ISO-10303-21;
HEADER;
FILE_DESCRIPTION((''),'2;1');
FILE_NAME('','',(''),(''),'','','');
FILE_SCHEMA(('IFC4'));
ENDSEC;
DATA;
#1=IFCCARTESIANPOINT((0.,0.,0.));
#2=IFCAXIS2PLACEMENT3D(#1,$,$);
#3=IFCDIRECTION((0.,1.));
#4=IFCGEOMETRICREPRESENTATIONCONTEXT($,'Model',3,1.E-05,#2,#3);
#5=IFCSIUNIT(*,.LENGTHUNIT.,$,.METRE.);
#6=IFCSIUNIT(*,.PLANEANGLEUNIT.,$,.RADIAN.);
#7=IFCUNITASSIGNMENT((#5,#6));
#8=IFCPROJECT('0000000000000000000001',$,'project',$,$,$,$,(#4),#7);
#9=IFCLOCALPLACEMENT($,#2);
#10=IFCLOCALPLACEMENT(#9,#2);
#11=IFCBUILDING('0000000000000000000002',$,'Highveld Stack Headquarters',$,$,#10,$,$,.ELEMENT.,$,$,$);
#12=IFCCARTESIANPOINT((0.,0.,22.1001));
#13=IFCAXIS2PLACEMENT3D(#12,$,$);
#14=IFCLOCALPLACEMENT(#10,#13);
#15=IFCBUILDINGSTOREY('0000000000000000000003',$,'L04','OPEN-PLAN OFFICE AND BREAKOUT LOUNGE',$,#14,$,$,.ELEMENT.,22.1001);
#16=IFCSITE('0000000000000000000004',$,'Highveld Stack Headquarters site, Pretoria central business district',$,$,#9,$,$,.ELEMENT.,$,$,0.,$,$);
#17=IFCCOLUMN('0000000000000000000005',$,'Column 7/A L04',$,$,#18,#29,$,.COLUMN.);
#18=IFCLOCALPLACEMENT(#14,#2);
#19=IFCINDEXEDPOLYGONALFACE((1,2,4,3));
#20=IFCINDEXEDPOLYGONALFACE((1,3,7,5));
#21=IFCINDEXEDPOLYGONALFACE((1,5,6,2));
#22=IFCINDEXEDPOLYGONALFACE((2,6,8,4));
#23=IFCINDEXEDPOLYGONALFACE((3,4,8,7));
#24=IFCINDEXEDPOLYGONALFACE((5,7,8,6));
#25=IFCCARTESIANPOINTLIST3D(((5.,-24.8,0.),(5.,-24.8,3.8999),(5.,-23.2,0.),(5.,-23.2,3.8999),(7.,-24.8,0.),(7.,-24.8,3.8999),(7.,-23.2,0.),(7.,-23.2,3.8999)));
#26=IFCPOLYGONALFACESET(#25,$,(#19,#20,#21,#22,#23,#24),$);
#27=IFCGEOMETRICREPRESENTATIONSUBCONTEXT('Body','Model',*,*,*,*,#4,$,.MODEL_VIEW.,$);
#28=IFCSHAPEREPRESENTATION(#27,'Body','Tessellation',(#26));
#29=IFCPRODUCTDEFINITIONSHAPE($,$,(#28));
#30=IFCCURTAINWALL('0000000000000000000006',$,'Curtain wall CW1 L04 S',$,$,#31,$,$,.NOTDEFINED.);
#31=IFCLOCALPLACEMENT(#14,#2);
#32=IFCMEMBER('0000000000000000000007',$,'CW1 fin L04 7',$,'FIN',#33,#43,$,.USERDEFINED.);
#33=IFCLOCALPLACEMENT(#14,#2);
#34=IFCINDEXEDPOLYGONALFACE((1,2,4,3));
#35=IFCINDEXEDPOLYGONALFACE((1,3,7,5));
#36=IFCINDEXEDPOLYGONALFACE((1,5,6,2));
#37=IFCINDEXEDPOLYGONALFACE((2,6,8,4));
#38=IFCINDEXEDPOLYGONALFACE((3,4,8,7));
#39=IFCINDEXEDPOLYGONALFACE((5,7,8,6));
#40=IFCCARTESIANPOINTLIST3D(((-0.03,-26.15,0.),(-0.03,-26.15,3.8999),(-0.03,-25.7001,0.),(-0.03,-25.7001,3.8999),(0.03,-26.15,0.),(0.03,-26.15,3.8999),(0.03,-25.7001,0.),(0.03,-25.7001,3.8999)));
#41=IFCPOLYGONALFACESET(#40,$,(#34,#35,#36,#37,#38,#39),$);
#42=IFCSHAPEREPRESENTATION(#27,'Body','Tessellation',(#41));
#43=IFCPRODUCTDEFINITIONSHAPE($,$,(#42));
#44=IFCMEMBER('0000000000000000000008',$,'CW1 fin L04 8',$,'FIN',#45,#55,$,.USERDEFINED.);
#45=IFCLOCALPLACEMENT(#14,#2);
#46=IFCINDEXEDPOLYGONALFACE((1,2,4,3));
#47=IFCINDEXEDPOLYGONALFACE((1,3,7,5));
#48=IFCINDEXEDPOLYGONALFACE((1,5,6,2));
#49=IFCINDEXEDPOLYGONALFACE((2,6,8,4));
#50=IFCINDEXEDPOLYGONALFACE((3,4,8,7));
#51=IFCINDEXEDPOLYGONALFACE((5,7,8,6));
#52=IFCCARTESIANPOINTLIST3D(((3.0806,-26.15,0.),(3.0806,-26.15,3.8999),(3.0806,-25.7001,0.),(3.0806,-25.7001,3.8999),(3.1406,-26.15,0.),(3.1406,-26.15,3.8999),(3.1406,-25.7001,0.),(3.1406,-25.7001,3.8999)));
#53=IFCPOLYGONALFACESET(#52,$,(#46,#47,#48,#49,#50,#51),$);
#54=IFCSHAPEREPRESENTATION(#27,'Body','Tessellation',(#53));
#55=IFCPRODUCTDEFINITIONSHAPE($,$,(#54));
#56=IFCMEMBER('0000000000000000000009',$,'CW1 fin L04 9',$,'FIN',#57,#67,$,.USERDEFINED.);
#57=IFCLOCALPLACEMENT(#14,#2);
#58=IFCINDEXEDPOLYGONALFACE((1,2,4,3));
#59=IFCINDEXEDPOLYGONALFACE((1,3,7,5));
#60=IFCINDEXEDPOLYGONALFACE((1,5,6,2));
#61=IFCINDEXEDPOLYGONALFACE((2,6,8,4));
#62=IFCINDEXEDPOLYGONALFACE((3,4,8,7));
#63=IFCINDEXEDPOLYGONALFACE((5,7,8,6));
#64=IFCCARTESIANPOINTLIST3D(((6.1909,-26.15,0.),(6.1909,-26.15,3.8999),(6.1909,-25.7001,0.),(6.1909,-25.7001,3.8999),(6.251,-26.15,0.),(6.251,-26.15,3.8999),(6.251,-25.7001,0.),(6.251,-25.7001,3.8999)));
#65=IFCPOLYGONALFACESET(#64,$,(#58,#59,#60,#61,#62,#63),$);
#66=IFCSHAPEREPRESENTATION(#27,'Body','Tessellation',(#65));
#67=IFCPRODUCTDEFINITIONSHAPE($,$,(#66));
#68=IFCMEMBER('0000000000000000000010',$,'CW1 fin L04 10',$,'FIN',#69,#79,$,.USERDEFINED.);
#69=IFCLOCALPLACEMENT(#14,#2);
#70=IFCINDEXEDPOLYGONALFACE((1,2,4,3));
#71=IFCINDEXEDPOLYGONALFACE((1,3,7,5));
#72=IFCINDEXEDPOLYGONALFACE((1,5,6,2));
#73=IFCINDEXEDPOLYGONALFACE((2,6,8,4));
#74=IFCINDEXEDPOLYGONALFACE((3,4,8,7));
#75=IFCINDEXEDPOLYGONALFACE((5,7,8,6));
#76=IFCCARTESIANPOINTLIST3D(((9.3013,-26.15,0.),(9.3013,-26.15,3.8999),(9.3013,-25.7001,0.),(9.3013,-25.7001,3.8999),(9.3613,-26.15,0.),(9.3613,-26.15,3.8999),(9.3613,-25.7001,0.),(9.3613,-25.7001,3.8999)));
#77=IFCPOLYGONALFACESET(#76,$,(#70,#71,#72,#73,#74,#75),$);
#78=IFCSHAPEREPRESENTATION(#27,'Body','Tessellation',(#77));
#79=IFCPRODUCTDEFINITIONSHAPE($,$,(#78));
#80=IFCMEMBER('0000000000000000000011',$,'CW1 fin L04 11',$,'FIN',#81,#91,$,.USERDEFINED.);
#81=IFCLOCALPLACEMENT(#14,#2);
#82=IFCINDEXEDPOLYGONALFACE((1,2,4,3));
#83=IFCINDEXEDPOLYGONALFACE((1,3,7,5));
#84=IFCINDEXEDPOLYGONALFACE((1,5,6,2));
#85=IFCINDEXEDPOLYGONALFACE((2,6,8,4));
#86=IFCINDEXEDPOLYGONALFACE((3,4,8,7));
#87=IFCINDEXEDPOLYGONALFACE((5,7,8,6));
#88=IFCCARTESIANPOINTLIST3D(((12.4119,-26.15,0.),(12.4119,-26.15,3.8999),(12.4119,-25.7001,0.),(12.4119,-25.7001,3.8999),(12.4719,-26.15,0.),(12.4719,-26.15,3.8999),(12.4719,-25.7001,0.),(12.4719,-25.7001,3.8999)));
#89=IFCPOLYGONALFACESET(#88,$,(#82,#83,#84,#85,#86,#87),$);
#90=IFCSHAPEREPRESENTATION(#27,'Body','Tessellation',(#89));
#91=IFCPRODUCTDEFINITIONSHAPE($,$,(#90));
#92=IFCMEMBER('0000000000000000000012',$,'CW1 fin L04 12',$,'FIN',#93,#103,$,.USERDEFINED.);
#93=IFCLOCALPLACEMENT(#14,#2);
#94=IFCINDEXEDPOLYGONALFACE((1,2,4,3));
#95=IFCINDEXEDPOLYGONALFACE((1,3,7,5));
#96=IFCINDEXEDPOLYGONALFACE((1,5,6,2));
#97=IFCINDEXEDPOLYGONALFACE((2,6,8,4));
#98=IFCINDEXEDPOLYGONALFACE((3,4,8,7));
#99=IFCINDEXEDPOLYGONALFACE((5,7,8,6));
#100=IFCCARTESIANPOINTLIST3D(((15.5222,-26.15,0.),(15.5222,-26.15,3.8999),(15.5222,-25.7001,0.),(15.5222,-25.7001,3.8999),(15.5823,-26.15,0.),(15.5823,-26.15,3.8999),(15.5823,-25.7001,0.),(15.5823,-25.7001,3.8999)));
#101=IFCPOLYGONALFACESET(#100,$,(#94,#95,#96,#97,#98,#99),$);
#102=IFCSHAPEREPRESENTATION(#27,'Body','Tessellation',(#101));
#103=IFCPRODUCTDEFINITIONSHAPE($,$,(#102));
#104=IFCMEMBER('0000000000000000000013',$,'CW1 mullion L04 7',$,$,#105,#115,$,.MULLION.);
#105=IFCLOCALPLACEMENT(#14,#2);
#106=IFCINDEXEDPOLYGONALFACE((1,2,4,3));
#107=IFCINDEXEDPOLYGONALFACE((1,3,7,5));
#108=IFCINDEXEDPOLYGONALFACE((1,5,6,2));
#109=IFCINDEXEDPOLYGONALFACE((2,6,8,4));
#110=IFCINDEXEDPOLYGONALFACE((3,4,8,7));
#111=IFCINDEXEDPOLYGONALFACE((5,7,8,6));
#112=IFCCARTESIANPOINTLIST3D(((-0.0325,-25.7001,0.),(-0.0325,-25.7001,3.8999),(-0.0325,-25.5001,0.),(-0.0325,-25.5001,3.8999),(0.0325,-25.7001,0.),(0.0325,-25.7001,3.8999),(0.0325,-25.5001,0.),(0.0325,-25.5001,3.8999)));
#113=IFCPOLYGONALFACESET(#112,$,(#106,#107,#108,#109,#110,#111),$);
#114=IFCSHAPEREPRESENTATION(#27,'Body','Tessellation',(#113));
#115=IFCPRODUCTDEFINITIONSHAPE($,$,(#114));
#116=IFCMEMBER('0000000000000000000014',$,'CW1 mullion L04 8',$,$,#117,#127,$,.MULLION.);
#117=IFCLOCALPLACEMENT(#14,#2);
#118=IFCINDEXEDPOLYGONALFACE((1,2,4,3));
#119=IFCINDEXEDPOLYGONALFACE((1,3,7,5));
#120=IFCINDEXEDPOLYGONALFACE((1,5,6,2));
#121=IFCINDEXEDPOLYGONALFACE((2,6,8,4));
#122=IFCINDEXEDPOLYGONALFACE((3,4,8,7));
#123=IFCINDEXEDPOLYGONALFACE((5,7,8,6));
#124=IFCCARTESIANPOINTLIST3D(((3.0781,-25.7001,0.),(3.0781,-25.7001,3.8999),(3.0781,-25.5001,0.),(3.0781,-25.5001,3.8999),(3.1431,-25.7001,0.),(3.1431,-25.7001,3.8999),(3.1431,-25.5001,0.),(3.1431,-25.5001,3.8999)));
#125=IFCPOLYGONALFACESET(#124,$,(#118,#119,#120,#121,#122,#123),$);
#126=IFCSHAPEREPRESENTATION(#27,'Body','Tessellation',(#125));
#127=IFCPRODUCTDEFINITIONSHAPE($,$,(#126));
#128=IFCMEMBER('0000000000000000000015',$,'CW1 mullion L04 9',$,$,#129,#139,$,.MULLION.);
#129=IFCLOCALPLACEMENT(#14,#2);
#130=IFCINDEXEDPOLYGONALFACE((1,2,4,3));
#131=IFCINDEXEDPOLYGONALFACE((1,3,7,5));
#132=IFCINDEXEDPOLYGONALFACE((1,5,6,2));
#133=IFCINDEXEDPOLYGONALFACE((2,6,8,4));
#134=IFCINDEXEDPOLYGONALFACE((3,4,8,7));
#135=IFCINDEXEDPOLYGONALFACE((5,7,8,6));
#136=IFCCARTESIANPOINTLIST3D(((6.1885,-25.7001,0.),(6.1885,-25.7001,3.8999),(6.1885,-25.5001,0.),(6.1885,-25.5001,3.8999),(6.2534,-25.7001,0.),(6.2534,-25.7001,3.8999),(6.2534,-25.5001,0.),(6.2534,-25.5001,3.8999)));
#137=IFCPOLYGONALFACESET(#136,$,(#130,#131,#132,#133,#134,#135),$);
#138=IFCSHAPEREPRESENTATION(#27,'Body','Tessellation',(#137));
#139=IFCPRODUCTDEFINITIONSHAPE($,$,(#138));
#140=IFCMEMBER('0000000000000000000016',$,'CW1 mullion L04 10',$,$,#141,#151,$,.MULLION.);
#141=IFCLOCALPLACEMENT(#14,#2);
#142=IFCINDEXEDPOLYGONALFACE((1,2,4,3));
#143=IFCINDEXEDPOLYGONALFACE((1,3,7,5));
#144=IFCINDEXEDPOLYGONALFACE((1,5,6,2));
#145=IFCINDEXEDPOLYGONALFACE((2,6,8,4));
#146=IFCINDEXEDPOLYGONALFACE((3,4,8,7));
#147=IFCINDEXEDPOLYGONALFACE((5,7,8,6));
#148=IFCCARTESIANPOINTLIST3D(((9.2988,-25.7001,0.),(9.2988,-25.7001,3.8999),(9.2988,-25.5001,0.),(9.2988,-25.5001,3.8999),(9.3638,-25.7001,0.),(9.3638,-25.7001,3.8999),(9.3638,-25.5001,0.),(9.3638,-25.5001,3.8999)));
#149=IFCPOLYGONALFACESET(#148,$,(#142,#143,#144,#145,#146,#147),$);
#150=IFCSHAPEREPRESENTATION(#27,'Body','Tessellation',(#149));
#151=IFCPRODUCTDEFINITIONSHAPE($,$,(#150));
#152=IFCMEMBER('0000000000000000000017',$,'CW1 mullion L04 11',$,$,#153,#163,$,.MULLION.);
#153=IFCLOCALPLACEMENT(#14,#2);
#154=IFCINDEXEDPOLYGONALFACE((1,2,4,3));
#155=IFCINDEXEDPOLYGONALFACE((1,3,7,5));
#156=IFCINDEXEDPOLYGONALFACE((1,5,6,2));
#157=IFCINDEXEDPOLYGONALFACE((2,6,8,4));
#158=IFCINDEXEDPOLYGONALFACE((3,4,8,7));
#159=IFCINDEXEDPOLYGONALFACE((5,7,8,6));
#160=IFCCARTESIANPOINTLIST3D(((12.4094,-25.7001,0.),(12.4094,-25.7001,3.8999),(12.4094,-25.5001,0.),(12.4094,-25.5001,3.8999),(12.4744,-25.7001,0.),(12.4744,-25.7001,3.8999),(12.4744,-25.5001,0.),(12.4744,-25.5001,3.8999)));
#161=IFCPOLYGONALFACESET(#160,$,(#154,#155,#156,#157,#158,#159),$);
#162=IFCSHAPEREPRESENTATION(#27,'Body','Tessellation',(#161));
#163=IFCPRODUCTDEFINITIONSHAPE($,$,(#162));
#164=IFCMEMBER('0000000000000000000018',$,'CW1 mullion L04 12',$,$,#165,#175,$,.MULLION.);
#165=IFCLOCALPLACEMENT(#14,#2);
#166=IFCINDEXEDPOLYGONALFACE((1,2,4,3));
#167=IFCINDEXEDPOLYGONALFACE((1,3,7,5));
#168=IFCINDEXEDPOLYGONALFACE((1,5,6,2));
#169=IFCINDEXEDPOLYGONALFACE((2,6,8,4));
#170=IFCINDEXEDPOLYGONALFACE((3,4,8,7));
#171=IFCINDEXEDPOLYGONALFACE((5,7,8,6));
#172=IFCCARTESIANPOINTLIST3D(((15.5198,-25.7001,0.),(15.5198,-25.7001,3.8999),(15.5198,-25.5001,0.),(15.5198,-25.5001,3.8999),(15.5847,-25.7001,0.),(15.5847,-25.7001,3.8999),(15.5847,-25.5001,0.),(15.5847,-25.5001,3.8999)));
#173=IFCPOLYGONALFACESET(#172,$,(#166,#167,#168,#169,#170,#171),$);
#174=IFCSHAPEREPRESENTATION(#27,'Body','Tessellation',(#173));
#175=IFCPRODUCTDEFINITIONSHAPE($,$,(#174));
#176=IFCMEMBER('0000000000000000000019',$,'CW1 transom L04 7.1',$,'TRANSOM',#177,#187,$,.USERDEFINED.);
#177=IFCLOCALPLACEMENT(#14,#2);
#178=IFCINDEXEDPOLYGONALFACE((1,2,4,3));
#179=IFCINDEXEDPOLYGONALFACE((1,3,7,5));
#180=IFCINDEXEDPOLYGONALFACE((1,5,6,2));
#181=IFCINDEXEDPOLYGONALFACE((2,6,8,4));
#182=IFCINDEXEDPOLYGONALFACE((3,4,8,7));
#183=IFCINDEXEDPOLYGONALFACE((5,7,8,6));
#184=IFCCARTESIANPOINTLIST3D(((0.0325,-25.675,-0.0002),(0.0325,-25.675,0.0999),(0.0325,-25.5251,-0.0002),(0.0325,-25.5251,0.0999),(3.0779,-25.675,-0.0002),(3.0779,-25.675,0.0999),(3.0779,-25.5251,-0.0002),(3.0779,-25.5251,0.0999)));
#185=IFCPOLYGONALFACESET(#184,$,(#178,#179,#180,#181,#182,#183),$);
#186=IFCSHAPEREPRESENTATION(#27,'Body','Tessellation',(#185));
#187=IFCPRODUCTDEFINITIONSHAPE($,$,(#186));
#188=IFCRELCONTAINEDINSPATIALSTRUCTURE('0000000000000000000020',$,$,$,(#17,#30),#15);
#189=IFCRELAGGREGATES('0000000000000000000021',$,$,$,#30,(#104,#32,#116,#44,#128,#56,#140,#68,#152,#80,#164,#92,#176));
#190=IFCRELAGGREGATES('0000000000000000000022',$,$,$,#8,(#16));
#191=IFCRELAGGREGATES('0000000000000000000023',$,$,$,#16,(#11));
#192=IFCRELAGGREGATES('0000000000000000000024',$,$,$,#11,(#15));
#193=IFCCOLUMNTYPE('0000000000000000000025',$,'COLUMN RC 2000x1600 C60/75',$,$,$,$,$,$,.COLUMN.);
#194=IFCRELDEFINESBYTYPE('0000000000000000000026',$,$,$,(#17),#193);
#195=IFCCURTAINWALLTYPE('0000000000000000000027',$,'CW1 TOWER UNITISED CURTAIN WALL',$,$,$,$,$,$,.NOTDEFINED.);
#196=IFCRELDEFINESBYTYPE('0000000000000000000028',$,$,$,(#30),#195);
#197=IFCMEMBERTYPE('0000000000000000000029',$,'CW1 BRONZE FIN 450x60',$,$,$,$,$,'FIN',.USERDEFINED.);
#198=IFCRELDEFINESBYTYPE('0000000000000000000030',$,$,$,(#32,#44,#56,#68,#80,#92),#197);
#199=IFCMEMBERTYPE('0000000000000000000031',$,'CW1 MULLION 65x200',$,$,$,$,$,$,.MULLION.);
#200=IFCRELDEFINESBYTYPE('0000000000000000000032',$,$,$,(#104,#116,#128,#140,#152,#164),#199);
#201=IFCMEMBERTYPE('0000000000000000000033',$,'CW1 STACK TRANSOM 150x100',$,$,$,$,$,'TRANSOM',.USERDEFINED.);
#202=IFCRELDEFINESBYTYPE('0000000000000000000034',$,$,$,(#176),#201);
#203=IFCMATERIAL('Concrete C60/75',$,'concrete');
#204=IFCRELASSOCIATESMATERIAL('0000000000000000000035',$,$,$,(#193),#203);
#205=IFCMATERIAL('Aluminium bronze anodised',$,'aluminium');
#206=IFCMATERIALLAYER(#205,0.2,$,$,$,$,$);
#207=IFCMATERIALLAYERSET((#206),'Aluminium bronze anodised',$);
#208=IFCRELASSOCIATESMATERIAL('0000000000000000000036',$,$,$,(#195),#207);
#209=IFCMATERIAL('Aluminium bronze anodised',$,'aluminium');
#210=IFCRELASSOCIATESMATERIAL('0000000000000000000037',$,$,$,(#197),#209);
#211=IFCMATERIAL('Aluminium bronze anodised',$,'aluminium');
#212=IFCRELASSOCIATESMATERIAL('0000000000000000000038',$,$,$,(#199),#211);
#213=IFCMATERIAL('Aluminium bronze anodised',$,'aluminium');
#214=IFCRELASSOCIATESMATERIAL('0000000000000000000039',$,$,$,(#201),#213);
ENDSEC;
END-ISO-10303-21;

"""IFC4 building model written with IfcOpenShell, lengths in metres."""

from ifc_helpers import new_model, si_unit, direction, frame, origin, origin_2d, place, context, subcontext, project, spatial, rectangle, extrude, material, layer, layer_set, material_profile, profile_set, type_object, element, aggregate, save


model = new_model("IFC4")

# Units and contexts
model_context = context("Model", 3, precision=1e-05, world=origin(), true_north=direction((0.0, 1.0)))
body_context = subcontext(model_context, "Body", "Model", "MODEL_VIEW")
ifc_project = project(units=[si_unit("LENGTHUNIT", "METRE"), si_unit("PLANEANGLEUNIT", "RADIAN")], contexts=[model_context])

# Site, building, storey
site_placement = place(None, origin())
site = spatial("IfcSite", under=ifc_project, at=site_placement, Name="Highveld Stack Headquarters site, Pretoria central business district", CompositionType="ELEMENT", RefElevation=0.0)
building_placement = place(site_placement, origin())
building = spatial("IfcBuilding", under=site, at=building_placement, Name="Highveld Stack Headquarters", CompositionType="ELEMENT")
storey_placement = place(building_placement, frame((0.0, 0.0, 22.1001)))
storey = spatial("IfcBuildingStorey", under=building, at=storey_placement, Name="L04", Description="OPEN-PLAN OFFICE AND BREAKOUT LOUNGE", CompositionType="ELEMENT", Elevation=22.1001)

# Column
ifc_material_1 = material(Name="Concrete C60/75", Category="concrete")
ifc_material_profile_1 = material_profile(ifc_material_1, rectangle(XDim=2.0, YDim=1.6001, at=origin_2d()), Name="RC 2000x1600")
ifc_profile_set_1 = profile_set([ifc_material_profile_1], Name="Concrete C60/75")
column_type = type_object("IfcColumnType", Name="COLUMN RC 2000x1600 C60/75", PredefinedType="COLUMN", material=ifc_profile_set_1)
column_placement = place(storey_placement, frame((6.0, -24.0, 0.0), z_axis=(0.0, 0.0, 1.0), x_axis=(1.0, 0.0, 0.0)))
element("IfcColumn", 1, at=column_placement, inside=storey, type_object=column_type, Name="Column 7/A L04", PredefinedType="COLUMN", context=body_context, shape_type="SweptSolid", body=[
    extrude(rectangle(XDim=2.0, YDim=1.6001, at=origin_2d()), origin(), (0.0, 0.0, 1.0), 3.8999),
])

# Curtain wall, members
ifc_material_2 = material(Name="Aluminium bronze anodised", Category="aluminium")
ifc_layer_1 = layer(ifc_material_2, 0.2)
ifc_layer_set_1 = layer_set([ifc_layer_1], Name="Aluminium bronze anodised")
curtain_wall_type = type_object("IfcCurtainWallType", Name="CW1 TOWER UNITISED CURTAIN WALL", PredefinedType="NOTDEFINED", material=ifc_layer_set_1)
curtain_wall_placement = place(storey_placement, origin())
curtain_wall = element("IfcCurtainWall", 2, at=curtain_wall_placement, inside=storey, type_object=curtain_wall_type, Name="Curtain wall CW1 L04 S", PredefinedType="NOTDEFINED")
ifc_material_3 = material(Name="Aluminium bronze anodised", Category="aluminium")
ifc_material_profile_2 = material_profile(ifc_material_3, rectangle(XDim=0.45, YDim=0.0601, at=origin_2d()), Name="FIN 450x60")
ifc_profile_set_2 = profile_set([ifc_material_profile_2], Name="Aluminium bronze anodised")
member_type_1 = type_object("IfcMemberType", Name="CW1 BRONZE FIN 450x60", ElementType="FIN", PredefinedType="USERDEFINED", material=ifc_profile_set_2)
member_1_placement = place(storey_placement, frame((0.0, -25.925, 0.0), z_axis=(0.0, 0.0, 1.0), x_axis=(0.0, 1.0, 0.0)))
member_1 = element("IfcMember", 3, at=member_1_placement, type_object=member_type_1, Name="CW1 fin L04 7", ObjectType="FIN", PredefinedType="USERDEFINED", context=body_context, shape_type="SweptSolid", body=[
    extrude(rectangle(XDim=0.45, YDim=0.0601, at=origin_2d()), origin(), (0.0, 0.0, 1.0), 3.8999),
])
member_2_placement = place(storey_placement, frame((3.1106, -25.925, 0.0), z_axis=(0.0, 0.0, 1.0), x_axis=(0.0, 1.0, 0.0)))
member_2 = element("IfcMember", 4, at=member_2_placement, type_object=member_type_1, Name="CW1 fin L04 8", ObjectType="FIN", PredefinedType="USERDEFINED", context=body_context, shape_type="SweptSolid", body=[
    extrude(rectangle(XDim=0.45, YDim=0.0601, at=origin_2d()), origin(), (0.0, 0.0, 1.0), 3.8999),
])
member_3_placement = place(storey_placement, frame((6.2209, -25.925, 0.0), z_axis=(0.0, 0.0, 1.0), x_axis=(0.0, 1.0, 0.0)))
member_3 = element("IfcMember", 5, at=member_3_placement, type_object=member_type_1, Name="CW1 fin L04 9", ObjectType="FIN", PredefinedType="USERDEFINED", context=body_context, shape_type="SweptSolid", body=[
    extrude(rectangle(XDim=0.45, YDim=0.0601, at=origin_2d()), origin(), (0.0, 0.0, 1.0), 3.8999),
])
member_4_placement = place(storey_placement, frame((9.3313, -25.925, 0.0), z_axis=(0.0, 0.0, 1.0), x_axis=(0.0, 1.0, 0.0)))
member_4 = element("IfcMember", 6, at=member_4_placement, type_object=member_type_1, Name="CW1 fin L04 10", ObjectType="FIN", PredefinedType="USERDEFINED", context=body_context, shape_type="SweptSolid", body=[
    extrude(rectangle(XDim=0.45, YDim=0.0601, at=origin_2d()), origin(), (0.0, 0.0, 1.0), 3.8999),
])
member_5_placement = place(storey_placement, frame((12.4419, -25.925, 0.0), z_axis=(0.0, 0.0, 1.0), x_axis=(0.0, 1.0, 0.0)))
member_5 = element("IfcMember", 7, at=member_5_placement, type_object=member_type_1, Name="CW1 fin L04 11", ObjectType="FIN", PredefinedType="USERDEFINED", context=body_context, shape_type="SweptSolid", body=[
    extrude(rectangle(XDim=0.45, YDim=0.0601, at=origin_2d()), origin(), (0.0, 0.0, 1.0), 3.8999),
])
member_6_placement = place(storey_placement, frame((15.5522, -25.925, 0.0), z_axis=(0.0, 0.0, 1.0), x_axis=(0.0, 1.0, 0.0)))
member_6 = element("IfcMember", 8, at=member_6_placement, type_object=member_type_1, Name="CW1 fin L04 12", ObjectType="FIN", PredefinedType="USERDEFINED", context=body_context, shape_type="SweptSolid", body=[
    extrude(rectangle(XDim=0.45, YDim=0.0601, at=origin_2d()), origin(), (0.0, 0.0, 1.0), 3.8999),
])
ifc_material_4 = material(Name="Aluminium bronze anodised", Category="aluminium")
ifc_material_profile_3 = material_profile(ifc_material_4, rectangle(XDim=0.2, YDim=0.0649, at=origin_2d()), Name="CW1 MULLION 65x200")
ifc_profile_set_3 = profile_set([ifc_material_profile_3], Name="Aluminium bronze anodised")
member_type_2 = type_object("IfcMemberType", Name="CW1 MULLION 65x200", PredefinedType="MULLION", material=ifc_profile_set_3)
member_7_placement = place(storey_placement, frame((0.0, -25.6001, 0.0), z_axis=(0.0, 0.0, 1.0), x_axis=(0.0, 1.0, 0.0)))
member_7 = element("IfcMember", 9, at=member_7_placement, type_object=member_type_2, Name="CW1 mullion L04 7", PredefinedType="MULLION", context=body_context, shape_type="SweptSolid", body=[
    extrude(rectangle(XDim=0.2, YDim=0.0649, at=origin_2d()), origin(), (0.0, 0.0, 1.0), 3.8999),
])
member_8_placement = place(storey_placement, frame((3.1106, -25.6001, 0.0), z_axis=(0.0, 0.0, 1.0), x_axis=(0.0, 1.0, 0.0)))
member_8 = element("IfcMember", 10, at=member_8_placement, type_object=member_type_2, Name="CW1 mullion L04 8", PredefinedType="MULLION", context=body_context, shape_type="SweptSolid", body=[
    extrude(rectangle(XDim=0.2, YDim=0.0649, at=origin_2d()), origin(), (0.0, 0.0, 1.0), 3.8999),
])
member_9_placement = place(storey_placement, frame((6.2209, -25.6001, 0.0), z_axis=(0.0, 0.0, 1.0), x_axis=(0.0, 1.0, 0.0)))
member_9 = element("IfcMember", 11, at=member_9_placement, type_object=member_type_2, Name="CW1 mullion L04 9", PredefinedType="MULLION", context=body_context, shape_type="SweptSolid", body=[
    extrude(rectangle(XDim=0.2, YDim=0.0649, at=origin_2d()), origin(), (0.0, 0.0, 1.0), 3.8999),
])
member_10_placement = place(storey_placement, frame((9.3313, -25.6001, 0.0), z_axis=(0.0, 0.0, 1.0), x_axis=(0.0, 1.0, 0.0)))
member_10 = element("IfcMember", 12, at=member_10_placement, type_object=member_type_2, Name="CW1 mullion L04 10", PredefinedType="MULLION", context=body_context, shape_type="SweptSolid", body=[
    extrude(rectangle(XDim=0.2, YDim=0.0649, at=origin_2d()), origin(), (0.0, 0.0, 1.0), 3.8999),
])
member_11_placement = place(storey_placement, frame((12.4419, -25.6001, 0.0), z_axis=(0.0, 0.0, 1.0), x_axis=(0.0, 1.0, 0.0)))
member_11 = element("IfcMember", 13, at=member_11_placement, type_object=member_type_2, Name="CW1 mullion L04 11", PredefinedType="MULLION", context=body_context, shape_type="SweptSolid", body=[
    extrude(rectangle(XDim=0.2, YDim=0.0649, at=origin_2d()), origin(), (0.0, 0.0, 1.0), 3.8999),
])
member_12_placement = place(storey_placement, frame((15.5522, -25.6001, 0.0), z_axis=(0.0, 0.0, 1.0), x_axis=(0.0, 1.0, 0.0)))
member_12 = element("IfcMember", 14, at=member_12_placement, type_object=member_type_2, Name="CW1 mullion L04 12", PredefinedType="MULLION", context=body_context, shape_type="SweptSolid", body=[
    extrude(rectangle(XDim=0.2, YDim=0.0649, at=origin_2d()), origin(), (0.0, 0.0, 1.0), 3.8999),
])
ifc_material_5 = material(Name="Aluminium bronze anodised", Category="aluminium")
ifc_material_profile_4 = material_profile(ifc_material_5, rectangle(XDim=0.1499, YDim=0.1001, at=origin_2d()), Name="CW1 TRANSOM 150x100")
ifc_profile_set_4 = profile_set([ifc_material_profile_4], Name="Aluminium bronze anodised")
member_type_3 = type_object("IfcMemberType", Name="CW1 STACK TRANSOM 150x100", ElementType="TRANSOM", PredefinedType="USERDEFINED", material=ifc_profile_set_4)
member_13_placement = place(storey_placement, frame((0.0325, -25.6001, 0.0498), z_axis=(1.0, 0.0, 0.0), x_axis=(0.0, 1.0, 0.0)))
member_13 = element("IfcMember", 15, at=member_13_placement, type_object=member_type_3, Name="CW1 transom L04 7.1", ObjectType="TRANSOM", PredefinedType="USERDEFINED", context=body_context, shape_type="SweptSolid", body=[
    extrude(rectangle(XDim=0.1499, YDim=0.1001, at=origin_2d()), origin(), (0.0, 0.0, 1.0), 3.0454),
])
aggregate(curtain_wall, [member_7, member_1, member_8, member_2, member_9, member_3, member_10, member_4, member_11, member_5, member_12, member_6, member_13])

save(model, "model.ifc")
